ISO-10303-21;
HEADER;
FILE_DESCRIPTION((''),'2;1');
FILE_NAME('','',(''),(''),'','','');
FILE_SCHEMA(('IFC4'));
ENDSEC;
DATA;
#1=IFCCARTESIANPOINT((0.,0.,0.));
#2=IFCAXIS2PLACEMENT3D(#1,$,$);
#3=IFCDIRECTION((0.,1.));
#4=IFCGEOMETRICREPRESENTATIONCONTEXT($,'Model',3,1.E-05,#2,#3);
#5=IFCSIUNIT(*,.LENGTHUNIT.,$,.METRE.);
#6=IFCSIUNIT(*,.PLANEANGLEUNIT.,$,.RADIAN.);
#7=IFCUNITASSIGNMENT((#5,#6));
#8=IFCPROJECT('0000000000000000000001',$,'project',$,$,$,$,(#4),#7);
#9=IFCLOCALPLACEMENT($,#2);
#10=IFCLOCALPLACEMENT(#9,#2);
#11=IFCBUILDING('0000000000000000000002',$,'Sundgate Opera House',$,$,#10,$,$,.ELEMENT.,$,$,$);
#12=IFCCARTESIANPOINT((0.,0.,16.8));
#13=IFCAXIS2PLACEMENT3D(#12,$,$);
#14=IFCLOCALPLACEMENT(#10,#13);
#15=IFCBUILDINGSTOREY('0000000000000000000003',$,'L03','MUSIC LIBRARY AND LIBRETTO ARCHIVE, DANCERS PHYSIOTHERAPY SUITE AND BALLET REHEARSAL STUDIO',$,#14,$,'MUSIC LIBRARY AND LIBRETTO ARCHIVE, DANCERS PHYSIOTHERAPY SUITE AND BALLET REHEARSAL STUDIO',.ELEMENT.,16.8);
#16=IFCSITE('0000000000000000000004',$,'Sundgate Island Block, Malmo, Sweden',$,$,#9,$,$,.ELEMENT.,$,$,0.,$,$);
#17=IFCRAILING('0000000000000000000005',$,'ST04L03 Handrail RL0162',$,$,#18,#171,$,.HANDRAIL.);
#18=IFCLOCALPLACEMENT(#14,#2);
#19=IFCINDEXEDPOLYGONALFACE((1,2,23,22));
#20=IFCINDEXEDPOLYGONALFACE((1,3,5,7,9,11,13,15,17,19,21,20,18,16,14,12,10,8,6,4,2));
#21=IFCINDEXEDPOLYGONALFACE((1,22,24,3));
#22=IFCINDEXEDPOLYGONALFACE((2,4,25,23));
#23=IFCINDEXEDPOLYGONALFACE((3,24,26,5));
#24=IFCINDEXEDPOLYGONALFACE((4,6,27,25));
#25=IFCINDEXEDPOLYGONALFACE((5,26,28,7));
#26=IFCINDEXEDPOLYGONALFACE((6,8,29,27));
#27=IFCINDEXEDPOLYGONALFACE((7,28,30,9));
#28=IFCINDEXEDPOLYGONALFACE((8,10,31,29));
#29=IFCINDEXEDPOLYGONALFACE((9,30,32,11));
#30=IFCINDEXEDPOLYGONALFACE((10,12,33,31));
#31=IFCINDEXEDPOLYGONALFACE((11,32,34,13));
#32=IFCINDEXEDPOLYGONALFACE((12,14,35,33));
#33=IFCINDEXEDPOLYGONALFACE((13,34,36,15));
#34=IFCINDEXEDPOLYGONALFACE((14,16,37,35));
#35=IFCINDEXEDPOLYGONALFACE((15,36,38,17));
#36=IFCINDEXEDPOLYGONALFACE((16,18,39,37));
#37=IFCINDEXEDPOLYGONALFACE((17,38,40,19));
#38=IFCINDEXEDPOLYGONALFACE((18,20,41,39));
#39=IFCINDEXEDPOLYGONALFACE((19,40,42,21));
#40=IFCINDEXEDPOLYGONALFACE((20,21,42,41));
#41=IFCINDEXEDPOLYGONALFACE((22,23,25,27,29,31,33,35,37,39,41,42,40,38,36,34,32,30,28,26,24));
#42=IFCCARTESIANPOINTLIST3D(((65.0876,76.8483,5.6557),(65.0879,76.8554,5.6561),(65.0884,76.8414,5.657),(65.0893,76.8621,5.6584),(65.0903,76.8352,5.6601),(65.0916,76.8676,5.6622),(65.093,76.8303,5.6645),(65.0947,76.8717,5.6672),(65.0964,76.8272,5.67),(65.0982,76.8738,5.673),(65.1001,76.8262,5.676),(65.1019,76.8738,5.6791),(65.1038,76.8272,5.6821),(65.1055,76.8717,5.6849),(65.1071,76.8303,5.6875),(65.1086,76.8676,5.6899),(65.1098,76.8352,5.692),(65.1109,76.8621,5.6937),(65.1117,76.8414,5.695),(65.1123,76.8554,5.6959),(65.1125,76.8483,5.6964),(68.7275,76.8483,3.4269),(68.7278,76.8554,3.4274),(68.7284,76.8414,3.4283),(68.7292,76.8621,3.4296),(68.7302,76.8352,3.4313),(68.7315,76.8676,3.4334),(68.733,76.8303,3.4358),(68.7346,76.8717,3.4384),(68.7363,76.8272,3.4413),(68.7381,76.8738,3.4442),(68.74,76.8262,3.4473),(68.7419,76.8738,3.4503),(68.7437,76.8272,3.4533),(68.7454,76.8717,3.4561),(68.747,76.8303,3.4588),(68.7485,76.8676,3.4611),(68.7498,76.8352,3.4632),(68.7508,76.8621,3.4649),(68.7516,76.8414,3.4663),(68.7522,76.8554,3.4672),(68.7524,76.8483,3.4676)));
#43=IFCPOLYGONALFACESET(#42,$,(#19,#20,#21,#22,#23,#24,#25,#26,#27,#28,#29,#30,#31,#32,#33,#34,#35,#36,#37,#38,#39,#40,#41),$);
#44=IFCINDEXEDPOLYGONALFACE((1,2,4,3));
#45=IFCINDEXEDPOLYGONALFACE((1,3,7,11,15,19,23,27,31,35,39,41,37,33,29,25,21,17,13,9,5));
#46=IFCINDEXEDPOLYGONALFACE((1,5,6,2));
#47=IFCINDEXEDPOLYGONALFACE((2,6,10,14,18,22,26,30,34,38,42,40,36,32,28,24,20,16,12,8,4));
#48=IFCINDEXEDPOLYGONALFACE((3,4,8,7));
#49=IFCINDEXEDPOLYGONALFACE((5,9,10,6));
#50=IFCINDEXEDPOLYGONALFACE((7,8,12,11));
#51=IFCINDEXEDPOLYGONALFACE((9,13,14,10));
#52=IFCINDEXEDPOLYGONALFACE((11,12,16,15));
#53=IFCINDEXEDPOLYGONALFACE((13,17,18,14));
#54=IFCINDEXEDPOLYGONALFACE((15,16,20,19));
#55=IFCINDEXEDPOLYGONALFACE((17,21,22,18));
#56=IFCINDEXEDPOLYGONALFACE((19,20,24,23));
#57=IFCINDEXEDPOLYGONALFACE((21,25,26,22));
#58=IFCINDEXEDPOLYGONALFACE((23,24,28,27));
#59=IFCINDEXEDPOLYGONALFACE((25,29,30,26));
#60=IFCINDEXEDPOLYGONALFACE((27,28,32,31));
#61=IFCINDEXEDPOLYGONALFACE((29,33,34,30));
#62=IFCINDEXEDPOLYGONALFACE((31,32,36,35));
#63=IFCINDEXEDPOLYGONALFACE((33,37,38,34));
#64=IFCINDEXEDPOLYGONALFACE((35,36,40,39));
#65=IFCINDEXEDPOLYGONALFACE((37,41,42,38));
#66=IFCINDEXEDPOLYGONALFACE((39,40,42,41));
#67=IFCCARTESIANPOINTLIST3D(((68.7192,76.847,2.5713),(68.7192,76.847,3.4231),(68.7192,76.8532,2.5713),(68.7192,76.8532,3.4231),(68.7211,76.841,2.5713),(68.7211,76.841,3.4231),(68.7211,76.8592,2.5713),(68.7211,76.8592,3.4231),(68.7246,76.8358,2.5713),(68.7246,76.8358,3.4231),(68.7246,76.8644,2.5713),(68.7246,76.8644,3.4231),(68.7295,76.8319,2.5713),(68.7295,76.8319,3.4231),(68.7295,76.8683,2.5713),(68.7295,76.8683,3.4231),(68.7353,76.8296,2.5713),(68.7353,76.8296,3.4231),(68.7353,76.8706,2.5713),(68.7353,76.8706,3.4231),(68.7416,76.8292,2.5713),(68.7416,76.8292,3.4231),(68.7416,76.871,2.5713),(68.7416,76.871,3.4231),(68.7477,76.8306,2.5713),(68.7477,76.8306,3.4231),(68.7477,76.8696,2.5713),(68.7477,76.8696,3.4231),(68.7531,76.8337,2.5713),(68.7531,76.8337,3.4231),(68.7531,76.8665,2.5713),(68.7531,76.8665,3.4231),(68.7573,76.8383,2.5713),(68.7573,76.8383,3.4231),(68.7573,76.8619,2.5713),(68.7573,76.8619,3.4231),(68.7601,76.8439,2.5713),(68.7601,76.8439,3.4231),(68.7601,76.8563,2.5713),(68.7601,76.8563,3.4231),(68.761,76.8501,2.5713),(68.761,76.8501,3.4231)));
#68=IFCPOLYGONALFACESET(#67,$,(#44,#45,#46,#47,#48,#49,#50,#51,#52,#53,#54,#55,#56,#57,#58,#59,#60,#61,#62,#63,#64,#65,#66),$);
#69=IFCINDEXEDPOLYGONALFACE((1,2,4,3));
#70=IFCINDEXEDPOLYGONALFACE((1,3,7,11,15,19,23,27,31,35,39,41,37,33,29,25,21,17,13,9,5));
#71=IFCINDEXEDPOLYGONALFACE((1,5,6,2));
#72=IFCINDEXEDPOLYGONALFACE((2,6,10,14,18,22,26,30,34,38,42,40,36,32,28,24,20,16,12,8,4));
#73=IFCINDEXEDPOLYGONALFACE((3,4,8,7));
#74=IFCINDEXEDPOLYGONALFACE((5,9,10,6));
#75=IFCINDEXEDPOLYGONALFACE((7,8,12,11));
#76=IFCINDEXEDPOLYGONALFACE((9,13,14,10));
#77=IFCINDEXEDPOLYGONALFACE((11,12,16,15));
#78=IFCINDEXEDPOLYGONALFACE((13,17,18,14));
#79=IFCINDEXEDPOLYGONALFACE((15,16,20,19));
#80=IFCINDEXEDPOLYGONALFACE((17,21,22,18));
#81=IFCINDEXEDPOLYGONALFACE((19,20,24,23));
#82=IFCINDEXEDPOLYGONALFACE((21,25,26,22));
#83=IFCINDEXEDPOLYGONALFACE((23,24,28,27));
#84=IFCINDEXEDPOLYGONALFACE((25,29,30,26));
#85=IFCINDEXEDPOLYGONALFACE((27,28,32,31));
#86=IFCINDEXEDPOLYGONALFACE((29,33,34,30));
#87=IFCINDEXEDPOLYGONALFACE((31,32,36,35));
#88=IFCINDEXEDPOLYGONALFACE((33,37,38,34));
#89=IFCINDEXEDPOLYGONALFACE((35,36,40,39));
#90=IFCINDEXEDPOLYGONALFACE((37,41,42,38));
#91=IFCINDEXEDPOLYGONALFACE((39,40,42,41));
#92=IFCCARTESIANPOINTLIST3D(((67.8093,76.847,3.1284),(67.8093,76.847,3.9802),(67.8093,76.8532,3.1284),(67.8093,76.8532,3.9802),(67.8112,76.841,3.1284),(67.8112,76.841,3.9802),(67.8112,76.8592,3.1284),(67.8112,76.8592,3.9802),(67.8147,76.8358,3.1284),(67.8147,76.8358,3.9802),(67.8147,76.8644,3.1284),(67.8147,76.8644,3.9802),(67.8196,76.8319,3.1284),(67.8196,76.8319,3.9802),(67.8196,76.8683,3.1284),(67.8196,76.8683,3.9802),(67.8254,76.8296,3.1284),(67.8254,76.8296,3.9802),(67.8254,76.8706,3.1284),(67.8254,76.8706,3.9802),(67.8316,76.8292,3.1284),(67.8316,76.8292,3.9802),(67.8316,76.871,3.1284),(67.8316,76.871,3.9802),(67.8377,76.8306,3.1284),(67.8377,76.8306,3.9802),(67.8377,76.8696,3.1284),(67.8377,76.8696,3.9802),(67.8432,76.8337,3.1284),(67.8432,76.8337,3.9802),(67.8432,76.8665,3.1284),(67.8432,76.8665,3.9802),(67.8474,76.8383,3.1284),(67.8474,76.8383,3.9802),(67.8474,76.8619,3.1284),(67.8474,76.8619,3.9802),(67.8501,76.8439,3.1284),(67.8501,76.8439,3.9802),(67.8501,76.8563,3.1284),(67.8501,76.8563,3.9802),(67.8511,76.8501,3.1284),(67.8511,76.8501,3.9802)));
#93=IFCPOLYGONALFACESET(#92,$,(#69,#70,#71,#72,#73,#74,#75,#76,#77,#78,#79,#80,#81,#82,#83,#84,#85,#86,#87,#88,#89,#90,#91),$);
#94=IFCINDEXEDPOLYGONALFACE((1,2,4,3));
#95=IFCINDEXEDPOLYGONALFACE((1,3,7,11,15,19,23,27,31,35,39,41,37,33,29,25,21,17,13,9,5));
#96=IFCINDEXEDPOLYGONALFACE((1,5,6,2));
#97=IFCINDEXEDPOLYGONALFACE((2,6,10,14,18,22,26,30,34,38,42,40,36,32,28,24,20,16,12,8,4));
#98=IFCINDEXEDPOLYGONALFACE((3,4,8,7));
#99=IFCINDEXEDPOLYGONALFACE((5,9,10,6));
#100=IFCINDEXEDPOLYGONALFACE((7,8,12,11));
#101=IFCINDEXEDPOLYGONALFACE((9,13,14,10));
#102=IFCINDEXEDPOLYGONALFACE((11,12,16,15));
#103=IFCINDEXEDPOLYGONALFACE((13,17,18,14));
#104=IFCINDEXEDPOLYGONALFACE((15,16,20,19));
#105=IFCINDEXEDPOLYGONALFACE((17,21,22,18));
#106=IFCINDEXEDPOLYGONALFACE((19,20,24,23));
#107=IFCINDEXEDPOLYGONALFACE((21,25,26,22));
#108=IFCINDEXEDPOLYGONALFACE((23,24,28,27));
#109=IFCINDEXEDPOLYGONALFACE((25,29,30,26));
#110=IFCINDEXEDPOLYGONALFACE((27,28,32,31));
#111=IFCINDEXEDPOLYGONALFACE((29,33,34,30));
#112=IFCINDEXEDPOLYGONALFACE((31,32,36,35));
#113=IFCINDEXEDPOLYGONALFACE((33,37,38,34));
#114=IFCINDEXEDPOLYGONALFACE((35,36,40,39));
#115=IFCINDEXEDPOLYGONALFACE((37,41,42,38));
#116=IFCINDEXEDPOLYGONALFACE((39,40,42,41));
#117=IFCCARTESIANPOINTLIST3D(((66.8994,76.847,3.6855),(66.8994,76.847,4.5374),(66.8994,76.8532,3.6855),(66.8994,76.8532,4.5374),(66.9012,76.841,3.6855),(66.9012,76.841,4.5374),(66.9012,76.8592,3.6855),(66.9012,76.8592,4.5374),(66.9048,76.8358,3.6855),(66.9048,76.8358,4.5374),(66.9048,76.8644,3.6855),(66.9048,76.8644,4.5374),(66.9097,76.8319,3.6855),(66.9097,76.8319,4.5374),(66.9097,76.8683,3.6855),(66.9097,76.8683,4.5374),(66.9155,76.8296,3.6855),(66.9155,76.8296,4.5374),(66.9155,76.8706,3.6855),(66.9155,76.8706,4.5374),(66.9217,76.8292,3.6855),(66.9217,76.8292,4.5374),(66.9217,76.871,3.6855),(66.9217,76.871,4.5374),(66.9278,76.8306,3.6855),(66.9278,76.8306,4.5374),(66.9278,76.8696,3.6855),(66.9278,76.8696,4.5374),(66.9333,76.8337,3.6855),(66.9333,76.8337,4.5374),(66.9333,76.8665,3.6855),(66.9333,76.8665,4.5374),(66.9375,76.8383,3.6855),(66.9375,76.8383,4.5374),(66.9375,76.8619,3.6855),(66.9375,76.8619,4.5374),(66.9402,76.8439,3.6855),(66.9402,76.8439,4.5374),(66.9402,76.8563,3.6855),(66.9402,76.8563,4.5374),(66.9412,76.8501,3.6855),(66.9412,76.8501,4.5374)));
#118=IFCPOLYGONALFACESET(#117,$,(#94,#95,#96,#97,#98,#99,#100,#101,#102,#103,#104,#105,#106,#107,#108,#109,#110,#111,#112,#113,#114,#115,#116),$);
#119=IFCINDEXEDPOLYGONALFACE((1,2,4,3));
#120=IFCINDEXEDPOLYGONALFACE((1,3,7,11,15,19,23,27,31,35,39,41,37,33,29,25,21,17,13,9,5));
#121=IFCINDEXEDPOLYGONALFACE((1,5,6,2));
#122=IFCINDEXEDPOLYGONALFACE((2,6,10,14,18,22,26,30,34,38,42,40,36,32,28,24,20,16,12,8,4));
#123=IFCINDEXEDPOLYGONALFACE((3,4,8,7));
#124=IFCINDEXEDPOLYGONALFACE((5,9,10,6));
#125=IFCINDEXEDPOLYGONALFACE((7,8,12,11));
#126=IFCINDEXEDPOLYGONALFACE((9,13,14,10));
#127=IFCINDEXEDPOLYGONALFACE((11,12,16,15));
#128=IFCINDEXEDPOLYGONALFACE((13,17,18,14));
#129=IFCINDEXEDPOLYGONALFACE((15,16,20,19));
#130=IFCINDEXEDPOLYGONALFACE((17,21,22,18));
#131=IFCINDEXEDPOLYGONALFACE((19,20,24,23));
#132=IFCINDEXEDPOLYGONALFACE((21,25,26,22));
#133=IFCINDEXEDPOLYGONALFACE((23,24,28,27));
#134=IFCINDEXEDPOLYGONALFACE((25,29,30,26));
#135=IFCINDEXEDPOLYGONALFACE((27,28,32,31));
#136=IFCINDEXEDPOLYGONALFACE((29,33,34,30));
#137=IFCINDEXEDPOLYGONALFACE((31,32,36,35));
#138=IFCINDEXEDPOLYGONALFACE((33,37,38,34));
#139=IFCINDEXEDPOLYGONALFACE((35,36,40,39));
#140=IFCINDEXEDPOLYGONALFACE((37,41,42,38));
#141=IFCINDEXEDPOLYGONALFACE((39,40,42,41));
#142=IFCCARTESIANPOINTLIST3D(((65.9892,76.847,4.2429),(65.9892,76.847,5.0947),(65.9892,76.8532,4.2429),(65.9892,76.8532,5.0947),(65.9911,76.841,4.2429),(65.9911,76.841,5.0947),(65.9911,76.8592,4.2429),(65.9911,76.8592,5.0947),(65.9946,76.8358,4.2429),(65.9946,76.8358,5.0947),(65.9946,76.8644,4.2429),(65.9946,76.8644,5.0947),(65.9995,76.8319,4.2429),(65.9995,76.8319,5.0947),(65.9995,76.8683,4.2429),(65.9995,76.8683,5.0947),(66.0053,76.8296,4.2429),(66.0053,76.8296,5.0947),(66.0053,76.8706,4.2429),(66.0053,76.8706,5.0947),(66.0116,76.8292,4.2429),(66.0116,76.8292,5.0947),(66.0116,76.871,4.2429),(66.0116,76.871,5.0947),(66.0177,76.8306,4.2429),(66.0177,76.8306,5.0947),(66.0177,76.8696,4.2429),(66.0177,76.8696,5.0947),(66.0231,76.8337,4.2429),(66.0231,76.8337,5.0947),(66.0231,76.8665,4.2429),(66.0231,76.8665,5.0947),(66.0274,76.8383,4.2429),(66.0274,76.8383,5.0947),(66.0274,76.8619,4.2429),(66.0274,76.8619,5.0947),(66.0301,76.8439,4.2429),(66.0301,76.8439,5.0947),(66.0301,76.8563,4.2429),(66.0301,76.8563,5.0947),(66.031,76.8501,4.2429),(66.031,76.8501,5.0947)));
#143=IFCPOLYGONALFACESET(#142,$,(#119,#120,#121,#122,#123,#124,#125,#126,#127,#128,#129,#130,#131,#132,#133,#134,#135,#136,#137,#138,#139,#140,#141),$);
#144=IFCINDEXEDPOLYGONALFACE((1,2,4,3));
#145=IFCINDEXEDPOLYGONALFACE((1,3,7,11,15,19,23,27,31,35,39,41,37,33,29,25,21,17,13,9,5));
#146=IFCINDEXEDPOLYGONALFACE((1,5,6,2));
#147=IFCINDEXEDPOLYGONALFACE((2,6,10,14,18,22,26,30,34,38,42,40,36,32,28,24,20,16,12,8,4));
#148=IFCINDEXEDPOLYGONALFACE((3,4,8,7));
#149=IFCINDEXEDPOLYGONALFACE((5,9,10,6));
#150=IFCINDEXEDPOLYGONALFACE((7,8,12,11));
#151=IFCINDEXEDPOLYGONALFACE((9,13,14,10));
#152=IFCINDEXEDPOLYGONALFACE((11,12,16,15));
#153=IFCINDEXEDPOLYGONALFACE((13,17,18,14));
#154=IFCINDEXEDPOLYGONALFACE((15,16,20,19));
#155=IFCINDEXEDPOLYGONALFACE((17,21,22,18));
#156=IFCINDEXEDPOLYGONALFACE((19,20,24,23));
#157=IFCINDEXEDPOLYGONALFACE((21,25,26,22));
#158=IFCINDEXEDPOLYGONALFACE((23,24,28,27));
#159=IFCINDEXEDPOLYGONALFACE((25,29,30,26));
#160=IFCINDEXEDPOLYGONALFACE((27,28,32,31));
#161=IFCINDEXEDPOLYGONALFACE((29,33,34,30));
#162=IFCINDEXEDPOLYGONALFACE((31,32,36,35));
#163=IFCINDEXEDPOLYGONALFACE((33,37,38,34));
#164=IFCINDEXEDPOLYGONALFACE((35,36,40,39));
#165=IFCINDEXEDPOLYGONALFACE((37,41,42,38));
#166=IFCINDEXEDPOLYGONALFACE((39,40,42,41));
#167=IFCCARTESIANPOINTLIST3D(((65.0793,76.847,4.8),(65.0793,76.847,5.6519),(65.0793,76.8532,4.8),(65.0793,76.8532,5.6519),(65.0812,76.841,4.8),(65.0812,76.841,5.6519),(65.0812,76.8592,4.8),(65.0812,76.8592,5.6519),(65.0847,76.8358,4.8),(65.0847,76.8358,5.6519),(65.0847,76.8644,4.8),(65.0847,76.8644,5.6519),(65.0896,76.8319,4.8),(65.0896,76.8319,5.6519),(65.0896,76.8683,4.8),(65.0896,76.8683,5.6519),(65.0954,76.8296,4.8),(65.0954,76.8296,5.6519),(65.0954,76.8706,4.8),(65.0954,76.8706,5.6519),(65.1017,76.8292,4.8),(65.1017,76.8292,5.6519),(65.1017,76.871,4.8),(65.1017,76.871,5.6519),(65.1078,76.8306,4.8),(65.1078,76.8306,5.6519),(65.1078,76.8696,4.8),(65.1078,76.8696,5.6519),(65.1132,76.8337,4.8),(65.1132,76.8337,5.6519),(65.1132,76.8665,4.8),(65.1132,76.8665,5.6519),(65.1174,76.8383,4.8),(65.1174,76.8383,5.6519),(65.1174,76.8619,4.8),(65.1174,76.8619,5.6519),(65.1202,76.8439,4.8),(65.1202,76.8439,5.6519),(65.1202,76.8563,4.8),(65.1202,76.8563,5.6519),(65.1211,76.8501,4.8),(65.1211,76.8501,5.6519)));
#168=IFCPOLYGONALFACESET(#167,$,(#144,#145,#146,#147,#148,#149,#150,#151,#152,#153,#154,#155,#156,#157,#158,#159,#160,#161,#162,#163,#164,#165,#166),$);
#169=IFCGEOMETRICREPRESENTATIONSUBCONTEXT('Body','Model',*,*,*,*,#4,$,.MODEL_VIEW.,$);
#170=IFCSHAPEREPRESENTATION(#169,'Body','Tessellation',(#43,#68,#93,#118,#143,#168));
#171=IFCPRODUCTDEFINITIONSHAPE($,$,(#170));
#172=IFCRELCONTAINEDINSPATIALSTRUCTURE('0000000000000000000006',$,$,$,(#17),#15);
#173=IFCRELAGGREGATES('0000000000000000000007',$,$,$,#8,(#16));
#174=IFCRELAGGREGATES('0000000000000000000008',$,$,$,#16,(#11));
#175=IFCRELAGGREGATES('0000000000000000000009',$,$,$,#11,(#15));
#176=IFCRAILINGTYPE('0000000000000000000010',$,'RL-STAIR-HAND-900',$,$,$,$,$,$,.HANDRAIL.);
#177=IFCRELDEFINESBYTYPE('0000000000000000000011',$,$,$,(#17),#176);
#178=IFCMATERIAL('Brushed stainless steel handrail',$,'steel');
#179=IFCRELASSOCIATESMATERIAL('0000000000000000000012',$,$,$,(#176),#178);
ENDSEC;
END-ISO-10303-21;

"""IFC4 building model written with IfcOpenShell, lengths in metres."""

from ifc_helpers import new_model, si_unit, direction, frame, origin, origin_2d, place, context, subcontext, project, spatial, circle, extrude, material, type_object, element, save


model = new_model("IFC4")

# Units and contexts
model_context = context("Model", 3, precision=1e-05, world=origin(), true_north=direction((0.0, 1.0)))
body_context = subcontext(model_context, "Body", "Model", "MODEL_VIEW")
ifc_project = project(units=[si_unit("LENGTHUNIT", "METRE"), si_unit("PLANEANGLEUNIT", "RADIAN")], contexts=[model_context])

# Site, building, storey
site_placement = place(None, origin())
site = spatial("IfcSite", under=ifc_project, at=site_placement, Name="Sundgate Island Block, Malmo, Sweden", CompositionType="ELEMENT", RefElevation=0.0)
building_placement = place(site_placement, origin())
building = spatial("IfcBuilding", under=site, at=building_placement, Name="Sundgate Opera House", CompositionType="ELEMENT")
storey_placement = place(building_placement, frame((0.0, 0.0, 16.8)))
storey = spatial("IfcBuildingStorey", under=building, at=storey_placement, Name="L03", Description="MUSIC LIBRARY AND LIBRETTO ARCHIVE, DANCERS PHYSIOTHERAPY SUITE AND BALLET REHEARSAL STUDIO", LongName="MUSIC LIBRARY AND LIBRETTO ARCHIVE, DANCERS PHYSIOTHERAPY SUITE AND BALLET REHEARSAL STUDIO", CompositionType="ELEMENT", Elevation=16.8)

# Railing
ifc_material_1 = material(Name="Brushed stainless steel handrail", Category="steel")
railing_type_1 = type_object("IfcRailingType", Name="RL-STAIR-HAND-900", PredefinedType="HANDRAIL", material=ifc_material_1)
railing_1_placement = place(storey_placement, frame((68.74, 76.8501, 2.5713)))
element("IfcRailing", 1, at=railing_1_placement, inside=storey, type_object=railing_type_1, Name="ST04L03 Handrail RL0162", PredefinedType="HANDRAIL", context=body_context, shape_type="SweptSolid", body=[
    extrude(circle(Radius=0.0239, at=origin_2d()), frame((0.0, 0.0, 0.876), z_axis=(-0.852825, 0.0, 0.522197), x_axis=(0.0, -1.0, 0.0)), (0.0, 0.0, 1.0), 4.2681),
    extrude(circle(Radius=0.021, at=origin_2d()), origin(), (0.0, 0.0, 1.0), 0.8518),
    extrude(circle(Radius=0.021, at=origin_2d()), frame((-0.9099, 0.0, 0.5571)), (0.0, 0.0, 1.0), 0.8518),
    extrude(circle(Radius=0.021, at=origin_2d()), frame((-1.8198, 0.0, 1.1143)), (0.0, 0.0, 1.0), 0.8518),
    extrude(circle(Radius=0.021, at=origin_2d()), frame((-2.73, 0.0, 1.6716)), (0.0, 0.0, 1.0), 0.8518),
    extrude(circle(Radius=0.021, at=origin_2d()), frame((-3.6399, 0.0, 2.2288)), (0.0, 0.0, 1.0), 0.8518),
])

save(model, "model.ifc")
